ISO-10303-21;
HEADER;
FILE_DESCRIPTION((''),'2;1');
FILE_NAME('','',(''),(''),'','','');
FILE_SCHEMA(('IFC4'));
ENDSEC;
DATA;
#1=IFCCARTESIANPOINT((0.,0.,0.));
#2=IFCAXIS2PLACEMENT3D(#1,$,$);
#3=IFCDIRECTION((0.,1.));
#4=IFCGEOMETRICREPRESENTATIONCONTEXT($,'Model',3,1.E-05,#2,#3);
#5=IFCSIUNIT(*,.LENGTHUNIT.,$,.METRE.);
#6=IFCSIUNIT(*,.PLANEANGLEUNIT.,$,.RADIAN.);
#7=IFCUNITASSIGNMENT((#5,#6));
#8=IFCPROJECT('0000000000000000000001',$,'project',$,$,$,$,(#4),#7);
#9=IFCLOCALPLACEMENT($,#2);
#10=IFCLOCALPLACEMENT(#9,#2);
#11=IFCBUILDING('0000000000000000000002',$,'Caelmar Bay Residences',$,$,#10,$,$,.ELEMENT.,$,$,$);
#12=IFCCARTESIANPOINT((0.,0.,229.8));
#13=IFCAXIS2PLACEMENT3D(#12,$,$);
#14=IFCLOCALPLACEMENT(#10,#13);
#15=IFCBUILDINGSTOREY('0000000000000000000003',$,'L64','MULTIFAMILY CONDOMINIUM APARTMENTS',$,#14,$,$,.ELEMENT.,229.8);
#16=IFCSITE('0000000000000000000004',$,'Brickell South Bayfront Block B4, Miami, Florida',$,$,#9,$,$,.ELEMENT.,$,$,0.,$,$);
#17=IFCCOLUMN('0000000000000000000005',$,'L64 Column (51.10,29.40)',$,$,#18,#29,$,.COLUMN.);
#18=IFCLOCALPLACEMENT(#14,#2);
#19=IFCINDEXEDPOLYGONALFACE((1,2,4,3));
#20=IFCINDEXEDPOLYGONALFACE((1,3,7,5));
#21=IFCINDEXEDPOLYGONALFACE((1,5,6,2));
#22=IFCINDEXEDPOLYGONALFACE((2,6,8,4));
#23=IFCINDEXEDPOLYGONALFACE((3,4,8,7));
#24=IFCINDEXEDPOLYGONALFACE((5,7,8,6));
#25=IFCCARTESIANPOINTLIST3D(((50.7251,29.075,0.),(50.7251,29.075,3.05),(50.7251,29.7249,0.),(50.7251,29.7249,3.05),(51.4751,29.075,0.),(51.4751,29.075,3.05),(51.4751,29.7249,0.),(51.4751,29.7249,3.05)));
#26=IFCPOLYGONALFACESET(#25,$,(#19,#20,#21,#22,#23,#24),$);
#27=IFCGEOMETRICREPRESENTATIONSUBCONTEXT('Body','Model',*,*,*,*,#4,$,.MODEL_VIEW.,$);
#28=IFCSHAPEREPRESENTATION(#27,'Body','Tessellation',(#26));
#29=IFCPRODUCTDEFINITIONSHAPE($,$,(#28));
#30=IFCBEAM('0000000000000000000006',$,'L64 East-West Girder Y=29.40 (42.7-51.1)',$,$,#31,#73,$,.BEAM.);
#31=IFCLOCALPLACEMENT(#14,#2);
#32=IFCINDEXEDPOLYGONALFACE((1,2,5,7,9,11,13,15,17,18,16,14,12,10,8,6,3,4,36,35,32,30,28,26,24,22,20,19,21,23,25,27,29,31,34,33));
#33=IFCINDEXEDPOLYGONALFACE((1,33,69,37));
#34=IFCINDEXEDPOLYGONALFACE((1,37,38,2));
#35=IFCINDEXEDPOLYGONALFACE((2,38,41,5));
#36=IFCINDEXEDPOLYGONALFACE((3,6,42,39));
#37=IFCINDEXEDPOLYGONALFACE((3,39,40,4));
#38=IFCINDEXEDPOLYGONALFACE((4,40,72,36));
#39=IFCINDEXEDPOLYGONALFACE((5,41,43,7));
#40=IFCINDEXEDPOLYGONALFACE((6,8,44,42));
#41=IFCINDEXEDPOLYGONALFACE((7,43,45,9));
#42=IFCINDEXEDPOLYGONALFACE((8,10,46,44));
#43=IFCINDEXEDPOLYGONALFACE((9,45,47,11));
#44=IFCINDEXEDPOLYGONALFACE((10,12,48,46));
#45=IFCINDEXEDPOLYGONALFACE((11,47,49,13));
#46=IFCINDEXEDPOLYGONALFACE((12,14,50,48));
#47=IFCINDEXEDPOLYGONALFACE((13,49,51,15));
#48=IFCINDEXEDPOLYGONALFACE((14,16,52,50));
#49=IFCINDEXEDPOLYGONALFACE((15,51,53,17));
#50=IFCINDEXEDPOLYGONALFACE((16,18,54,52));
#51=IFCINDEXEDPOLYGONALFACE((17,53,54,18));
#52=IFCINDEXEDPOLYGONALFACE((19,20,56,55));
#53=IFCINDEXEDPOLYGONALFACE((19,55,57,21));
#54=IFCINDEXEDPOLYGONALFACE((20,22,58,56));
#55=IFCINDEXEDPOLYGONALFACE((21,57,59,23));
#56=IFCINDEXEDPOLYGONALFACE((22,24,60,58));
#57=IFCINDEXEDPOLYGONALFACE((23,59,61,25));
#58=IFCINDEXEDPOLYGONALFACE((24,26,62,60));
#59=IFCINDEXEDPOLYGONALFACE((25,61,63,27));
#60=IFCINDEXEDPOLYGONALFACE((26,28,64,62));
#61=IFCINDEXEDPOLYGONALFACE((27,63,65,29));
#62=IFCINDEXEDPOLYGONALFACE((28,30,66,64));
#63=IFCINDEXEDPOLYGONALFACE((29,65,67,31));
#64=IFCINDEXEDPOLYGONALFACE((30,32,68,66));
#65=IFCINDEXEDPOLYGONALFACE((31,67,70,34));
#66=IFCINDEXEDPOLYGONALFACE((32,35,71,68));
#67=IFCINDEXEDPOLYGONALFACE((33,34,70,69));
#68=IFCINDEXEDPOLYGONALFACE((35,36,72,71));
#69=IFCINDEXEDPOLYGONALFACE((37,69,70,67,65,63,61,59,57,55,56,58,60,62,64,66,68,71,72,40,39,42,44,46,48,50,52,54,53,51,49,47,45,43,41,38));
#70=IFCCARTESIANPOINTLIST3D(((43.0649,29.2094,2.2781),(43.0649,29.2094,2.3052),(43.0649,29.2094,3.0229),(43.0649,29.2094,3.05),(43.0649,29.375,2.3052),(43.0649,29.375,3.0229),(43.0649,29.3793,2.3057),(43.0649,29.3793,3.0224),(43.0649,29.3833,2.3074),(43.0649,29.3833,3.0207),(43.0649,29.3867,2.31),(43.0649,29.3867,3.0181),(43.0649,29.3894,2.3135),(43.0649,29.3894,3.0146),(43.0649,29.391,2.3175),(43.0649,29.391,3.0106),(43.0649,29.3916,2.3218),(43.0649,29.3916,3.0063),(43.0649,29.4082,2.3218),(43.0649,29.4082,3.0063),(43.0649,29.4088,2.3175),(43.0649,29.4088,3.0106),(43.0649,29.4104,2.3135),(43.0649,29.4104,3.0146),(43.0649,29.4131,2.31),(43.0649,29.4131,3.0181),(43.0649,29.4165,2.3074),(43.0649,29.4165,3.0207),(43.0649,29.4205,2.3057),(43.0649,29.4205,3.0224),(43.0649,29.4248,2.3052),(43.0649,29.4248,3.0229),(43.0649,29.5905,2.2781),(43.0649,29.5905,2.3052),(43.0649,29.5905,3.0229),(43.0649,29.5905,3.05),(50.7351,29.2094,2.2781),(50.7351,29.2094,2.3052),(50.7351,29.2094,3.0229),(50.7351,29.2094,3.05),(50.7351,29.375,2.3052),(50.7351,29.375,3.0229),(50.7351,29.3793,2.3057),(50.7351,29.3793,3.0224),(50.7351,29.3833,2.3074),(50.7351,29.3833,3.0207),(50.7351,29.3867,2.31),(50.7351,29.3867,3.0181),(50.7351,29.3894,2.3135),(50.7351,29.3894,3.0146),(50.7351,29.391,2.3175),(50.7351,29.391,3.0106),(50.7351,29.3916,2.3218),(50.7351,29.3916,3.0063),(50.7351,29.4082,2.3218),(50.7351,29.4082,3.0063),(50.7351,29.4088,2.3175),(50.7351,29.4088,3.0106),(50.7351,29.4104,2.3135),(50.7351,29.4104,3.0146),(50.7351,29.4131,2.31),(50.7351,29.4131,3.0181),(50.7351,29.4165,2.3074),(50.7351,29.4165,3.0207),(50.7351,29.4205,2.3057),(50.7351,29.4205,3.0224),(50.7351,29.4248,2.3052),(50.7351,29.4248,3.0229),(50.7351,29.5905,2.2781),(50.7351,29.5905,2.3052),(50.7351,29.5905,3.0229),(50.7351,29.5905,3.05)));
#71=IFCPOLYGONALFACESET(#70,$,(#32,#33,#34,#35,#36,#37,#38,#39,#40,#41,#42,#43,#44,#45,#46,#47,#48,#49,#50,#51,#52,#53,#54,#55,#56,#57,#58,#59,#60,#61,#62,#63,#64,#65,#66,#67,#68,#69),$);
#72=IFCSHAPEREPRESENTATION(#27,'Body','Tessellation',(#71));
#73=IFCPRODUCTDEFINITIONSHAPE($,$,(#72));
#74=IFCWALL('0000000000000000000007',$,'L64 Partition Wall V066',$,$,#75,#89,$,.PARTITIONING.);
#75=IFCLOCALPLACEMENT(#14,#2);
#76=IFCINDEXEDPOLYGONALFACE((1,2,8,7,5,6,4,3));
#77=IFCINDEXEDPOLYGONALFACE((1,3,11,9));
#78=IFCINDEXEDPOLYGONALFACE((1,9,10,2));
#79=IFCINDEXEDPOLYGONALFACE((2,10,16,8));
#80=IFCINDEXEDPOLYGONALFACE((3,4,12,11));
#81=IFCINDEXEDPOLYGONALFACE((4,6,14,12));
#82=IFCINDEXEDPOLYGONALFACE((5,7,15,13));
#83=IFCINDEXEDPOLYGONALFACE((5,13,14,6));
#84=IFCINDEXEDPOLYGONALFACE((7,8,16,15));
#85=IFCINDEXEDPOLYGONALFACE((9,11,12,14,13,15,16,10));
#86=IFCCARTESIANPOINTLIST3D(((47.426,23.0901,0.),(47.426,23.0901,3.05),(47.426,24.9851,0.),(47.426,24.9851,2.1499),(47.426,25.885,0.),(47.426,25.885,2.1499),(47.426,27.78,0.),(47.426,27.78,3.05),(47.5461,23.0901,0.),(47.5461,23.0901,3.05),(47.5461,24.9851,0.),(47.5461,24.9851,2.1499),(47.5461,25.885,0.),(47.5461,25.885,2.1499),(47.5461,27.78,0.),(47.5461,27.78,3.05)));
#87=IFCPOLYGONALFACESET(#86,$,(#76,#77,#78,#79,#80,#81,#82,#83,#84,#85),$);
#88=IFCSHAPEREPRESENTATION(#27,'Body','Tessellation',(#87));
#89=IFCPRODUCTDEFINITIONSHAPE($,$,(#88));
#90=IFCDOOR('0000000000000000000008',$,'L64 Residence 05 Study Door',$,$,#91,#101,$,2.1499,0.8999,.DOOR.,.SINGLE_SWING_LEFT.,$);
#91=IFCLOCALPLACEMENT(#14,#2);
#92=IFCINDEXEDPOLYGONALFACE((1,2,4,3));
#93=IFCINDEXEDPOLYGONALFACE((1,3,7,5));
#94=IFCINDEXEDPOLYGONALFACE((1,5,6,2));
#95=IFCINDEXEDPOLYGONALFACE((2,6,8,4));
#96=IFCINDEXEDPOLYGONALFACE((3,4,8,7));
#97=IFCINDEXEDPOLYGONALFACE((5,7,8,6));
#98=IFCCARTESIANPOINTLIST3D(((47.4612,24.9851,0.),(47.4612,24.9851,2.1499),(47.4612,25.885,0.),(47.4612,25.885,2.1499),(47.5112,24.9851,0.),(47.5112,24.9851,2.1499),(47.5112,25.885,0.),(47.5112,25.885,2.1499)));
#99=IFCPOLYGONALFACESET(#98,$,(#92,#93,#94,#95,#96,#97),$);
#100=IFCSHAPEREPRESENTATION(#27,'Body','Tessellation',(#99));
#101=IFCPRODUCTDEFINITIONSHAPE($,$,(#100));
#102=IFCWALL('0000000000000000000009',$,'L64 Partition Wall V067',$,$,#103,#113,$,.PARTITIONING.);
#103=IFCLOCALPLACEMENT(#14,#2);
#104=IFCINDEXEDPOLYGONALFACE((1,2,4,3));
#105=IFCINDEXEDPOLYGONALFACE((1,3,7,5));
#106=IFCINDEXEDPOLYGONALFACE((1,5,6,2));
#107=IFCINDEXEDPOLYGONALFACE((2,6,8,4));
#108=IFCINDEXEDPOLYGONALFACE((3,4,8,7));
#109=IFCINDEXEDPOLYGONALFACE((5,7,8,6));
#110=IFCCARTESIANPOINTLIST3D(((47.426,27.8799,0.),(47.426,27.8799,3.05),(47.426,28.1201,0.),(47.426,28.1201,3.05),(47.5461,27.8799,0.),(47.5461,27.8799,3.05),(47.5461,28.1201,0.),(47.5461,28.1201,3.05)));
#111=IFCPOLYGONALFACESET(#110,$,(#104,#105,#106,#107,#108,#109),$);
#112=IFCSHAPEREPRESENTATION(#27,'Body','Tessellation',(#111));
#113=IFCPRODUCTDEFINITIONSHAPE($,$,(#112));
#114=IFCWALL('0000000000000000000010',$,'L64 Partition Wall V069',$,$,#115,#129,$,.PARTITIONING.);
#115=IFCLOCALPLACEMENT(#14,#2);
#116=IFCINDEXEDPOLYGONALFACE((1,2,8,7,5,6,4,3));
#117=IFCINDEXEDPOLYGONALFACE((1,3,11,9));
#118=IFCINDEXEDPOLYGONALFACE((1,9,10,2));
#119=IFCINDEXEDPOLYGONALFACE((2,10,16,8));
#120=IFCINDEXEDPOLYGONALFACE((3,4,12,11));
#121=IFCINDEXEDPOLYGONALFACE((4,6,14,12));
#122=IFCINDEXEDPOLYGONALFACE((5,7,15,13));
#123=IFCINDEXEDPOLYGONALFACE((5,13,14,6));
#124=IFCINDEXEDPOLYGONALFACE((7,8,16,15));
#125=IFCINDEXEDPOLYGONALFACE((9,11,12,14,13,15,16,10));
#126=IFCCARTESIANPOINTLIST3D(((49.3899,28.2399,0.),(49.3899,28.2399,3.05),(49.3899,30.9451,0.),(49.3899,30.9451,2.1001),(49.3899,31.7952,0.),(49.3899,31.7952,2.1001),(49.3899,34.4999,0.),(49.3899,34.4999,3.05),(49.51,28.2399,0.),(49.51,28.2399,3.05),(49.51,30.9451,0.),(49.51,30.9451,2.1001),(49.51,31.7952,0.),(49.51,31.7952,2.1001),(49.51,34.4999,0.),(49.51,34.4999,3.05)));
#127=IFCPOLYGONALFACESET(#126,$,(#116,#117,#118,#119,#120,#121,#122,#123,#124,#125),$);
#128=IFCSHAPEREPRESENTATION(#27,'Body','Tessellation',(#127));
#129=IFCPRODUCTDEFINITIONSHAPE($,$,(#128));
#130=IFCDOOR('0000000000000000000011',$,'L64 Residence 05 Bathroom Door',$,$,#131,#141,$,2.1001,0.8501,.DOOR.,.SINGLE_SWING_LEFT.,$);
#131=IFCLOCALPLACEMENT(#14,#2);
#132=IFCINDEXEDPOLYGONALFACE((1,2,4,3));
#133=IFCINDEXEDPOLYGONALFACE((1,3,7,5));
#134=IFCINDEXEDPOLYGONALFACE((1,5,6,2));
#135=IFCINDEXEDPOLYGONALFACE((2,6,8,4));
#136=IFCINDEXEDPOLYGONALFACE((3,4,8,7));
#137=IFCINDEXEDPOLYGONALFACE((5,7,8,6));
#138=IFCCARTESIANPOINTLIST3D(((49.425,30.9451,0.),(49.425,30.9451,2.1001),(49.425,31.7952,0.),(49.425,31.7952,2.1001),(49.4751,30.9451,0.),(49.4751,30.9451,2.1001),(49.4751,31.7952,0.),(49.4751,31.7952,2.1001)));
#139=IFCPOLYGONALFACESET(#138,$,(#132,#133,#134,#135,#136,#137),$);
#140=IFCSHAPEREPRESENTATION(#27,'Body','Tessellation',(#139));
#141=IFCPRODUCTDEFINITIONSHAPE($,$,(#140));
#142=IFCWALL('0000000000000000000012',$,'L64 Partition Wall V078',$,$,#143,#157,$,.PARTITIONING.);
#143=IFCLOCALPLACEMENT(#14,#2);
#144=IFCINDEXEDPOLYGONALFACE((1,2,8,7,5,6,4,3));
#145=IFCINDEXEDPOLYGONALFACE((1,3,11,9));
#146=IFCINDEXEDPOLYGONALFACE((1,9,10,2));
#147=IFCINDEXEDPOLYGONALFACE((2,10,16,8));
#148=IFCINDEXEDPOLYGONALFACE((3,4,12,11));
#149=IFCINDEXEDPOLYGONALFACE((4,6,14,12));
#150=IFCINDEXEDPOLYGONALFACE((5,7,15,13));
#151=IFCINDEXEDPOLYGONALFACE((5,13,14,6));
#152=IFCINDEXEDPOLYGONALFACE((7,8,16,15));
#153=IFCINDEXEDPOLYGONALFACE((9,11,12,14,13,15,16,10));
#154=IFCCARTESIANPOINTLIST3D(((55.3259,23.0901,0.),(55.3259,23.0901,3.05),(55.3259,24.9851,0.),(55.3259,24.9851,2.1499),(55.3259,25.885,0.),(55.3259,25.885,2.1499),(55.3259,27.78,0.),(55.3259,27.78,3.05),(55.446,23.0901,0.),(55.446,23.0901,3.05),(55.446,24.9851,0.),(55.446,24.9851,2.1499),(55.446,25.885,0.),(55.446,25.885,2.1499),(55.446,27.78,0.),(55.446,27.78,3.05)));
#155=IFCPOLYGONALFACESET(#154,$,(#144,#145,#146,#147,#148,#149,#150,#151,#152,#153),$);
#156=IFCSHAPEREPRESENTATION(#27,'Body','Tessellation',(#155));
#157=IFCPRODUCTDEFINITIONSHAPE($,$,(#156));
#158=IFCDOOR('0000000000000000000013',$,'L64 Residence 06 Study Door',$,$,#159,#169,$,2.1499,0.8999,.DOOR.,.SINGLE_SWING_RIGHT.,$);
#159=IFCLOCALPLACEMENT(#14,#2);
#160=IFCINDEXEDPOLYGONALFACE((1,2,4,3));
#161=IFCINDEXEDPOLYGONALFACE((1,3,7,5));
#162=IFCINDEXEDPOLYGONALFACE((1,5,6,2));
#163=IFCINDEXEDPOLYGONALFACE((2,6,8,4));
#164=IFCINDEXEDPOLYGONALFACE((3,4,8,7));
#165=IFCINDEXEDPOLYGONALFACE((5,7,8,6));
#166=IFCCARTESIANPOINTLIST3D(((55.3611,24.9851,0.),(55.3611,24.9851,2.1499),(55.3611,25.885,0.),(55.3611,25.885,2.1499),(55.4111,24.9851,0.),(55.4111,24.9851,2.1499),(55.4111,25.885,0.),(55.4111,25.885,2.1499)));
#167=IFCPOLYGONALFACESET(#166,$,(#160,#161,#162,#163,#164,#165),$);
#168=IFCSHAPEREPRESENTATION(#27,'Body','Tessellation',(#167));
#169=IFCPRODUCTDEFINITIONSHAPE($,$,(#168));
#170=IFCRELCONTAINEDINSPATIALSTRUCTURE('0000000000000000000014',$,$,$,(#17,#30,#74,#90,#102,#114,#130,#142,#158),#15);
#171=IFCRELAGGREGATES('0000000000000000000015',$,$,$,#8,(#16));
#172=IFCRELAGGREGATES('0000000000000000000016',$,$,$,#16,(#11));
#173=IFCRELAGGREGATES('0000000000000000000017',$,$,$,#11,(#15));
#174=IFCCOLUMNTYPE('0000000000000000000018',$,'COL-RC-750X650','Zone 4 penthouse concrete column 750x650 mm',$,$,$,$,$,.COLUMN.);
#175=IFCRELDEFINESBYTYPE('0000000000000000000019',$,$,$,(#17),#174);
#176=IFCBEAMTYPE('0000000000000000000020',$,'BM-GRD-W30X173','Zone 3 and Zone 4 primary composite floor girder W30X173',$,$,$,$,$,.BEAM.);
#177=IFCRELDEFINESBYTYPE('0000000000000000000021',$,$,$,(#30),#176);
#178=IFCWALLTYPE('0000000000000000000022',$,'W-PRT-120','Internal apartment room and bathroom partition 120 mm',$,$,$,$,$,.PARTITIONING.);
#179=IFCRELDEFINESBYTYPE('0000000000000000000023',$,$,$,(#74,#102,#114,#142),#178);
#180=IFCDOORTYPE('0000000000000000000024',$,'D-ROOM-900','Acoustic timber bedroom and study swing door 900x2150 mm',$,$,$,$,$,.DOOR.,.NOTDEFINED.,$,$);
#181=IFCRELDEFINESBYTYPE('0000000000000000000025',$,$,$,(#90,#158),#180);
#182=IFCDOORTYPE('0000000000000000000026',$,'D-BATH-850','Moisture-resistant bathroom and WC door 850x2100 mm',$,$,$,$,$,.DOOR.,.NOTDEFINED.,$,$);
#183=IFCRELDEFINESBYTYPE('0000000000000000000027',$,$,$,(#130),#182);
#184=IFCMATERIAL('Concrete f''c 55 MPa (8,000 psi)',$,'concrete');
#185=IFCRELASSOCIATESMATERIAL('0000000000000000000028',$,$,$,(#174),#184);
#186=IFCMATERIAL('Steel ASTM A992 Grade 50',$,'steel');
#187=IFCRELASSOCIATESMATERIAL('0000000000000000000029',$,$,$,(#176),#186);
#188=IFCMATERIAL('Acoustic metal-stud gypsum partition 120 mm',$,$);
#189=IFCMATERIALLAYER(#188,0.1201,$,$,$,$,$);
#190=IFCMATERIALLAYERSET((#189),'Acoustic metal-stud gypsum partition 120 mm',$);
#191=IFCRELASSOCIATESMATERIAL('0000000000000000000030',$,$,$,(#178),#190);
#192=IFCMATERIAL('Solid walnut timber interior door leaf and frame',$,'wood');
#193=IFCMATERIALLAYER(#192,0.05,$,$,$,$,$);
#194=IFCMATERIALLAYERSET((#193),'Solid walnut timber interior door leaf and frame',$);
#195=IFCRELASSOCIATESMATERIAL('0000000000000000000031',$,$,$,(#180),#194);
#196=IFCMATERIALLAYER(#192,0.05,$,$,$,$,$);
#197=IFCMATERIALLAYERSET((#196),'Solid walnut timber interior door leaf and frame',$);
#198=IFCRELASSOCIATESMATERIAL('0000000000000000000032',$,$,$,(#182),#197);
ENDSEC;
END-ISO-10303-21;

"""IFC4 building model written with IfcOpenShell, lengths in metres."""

from ifc_helpers import new_model, si_unit, direction, frame, frame_2d, origin, origin_2d, place, context, subcontext, project, spatial, rectangle, i_section, extrude, material, layer, layer_set, material_profile, profile_set, type_object, element, fill, save


model = new_model("IFC4")

# Units and contexts
model_context = context("Model", 3, precision=1e-05, world=origin(), true_north=direction((0.0, 1.0)))
body_context = subcontext(model_context, "Body", "Model", "MODEL_VIEW")
ifc_project = project(units=[si_unit("LENGTHUNIT", "METRE"), si_unit("PLANEANGLEUNIT", "RADIAN")], contexts=[model_context])

# Site, building, storey
site_placement = place(None, origin())
site = spatial("IfcSite", under=ifc_project, at=site_placement, Name="Brickell South Bayfront Block B4, Miami, Florida", CompositionType="ELEMENT", RefElevation=0.0)
building_placement = place(site_placement, origin())
building = spatial("IfcBuilding", under=site, at=building_placement, Name="Caelmar Bay Residences", CompositionType="ELEMENT")
storey_placement = place(building_placement, frame((0.0, 0.0, 229.8)))
storey = spatial("IfcBuildingStorey", under=building, at=storey_placement, Name="L64", Description="MULTIFAMILY CONDOMINIUM APARTMENTS", CompositionType="ELEMENT", Elevation=229.8)

# Column
ifc_material_1 = material(Name="Concrete f'c 55 MPa (8,000 psi)", Category="concrete")
ifc_material_profile_1 = material_profile(ifc_material_1, rectangle(XDim=0.75, YDim=0.6499, at=origin_2d()), Name="RC-COL-750X650")
ifc_profile_set_1 = profile_set([ifc_material_profile_1], Name="Concrete f'c 55 MPa (8,000 psi)")
column_type = type_object("IfcColumnType", Name="COL-RC-750X650", Description="Zone 4 penthouse concrete column 750x650 mm", PredefinedType="COLUMN", material=ifc_profile_set_1)
column_placement = place(storey_placement, frame((51.1001, 29.3999, 0.0), z_axis=(0.0, 0.0, 1.0), x_axis=(1.0, 0.0, 0.0)))
element("IfcColumn", 1, at=column_placement, inside=storey, type_object=column_type, Name="L64 Column (51.10,29.40)", PredefinedType="COLUMN", context=body_context, shape_type="SweptSolid", body=[
    extrude(rectangle(XDim=0.75, YDim=0.6499, at=origin_2d()), origin(), (0.0, 0.0, 1.0), 3.05),
])

# Beam
ifc_material_2 = material(Name="Steel ASTM A992 Grade 50", Category="steel")
ifc_material_profile_2 = material_profile(ifc_material_2, i_section(OverallWidth=0.3811, OverallDepth=0.772, WebThickness=0.0166, FlangeThickness=0.0271, FilletRadius=0.0166, at=origin_2d()), Name="W30X173")
ifc_profile_set_2 = profile_set([ifc_material_profile_2], Name="Steel ASTM A992 Grade 50")
beam_type = type_object("IfcBeamType", Name="BM-GRD-W30X173", Description="Zone 3 and Zone 4 primary composite floor girder W30X173", PredefinedType="BEAM", material=ifc_profile_set_2)
beam_placement = place(storey_placement, frame((43.0649, 29.3999, 2.6641), z_axis=(1.0, 0.0, 0.0), x_axis=(0.0, 1.0, 0.0)))
element("IfcBeam", 2, at=beam_placement, inside=storey, type_object=beam_type, Name="L64 East-West Girder Y=29.40 (42.7-51.1)", PredefinedType="BEAM", context=body_context, shape_type="SweptSolid", body=[
    extrude(i_section(OverallWidth=0.3811, OverallDepth=0.772, WebThickness=0.0166, FlangeThickness=0.0271, FilletRadius=0.0166, at=origin_2d()), origin(), (0.0, 0.0, 1.0), 7.6702),
])

# Wall, opening, door
ifc_material_3 = material(Name="Acoustic metal-stud gypsum partition 120 mm")
ifc_layer_1 = layer(ifc_material_3, 0.1201)
ifc_layer_set_1 = layer_set([ifc_layer_1], Name="Acoustic metal-stud gypsum partition 120 mm")
wall_type_1 = type_object("IfcWallType", Name="W-PRT-120", Description="Internal apartment room and bathroom partition 120 mm", PredefinedType="PARTITIONING", material=ifc_layer_set_1)
wall_1_placement = place(storey_placement, frame((47.4861, 23.0901, 0.0), z_axis=(0.0, 0.0, 1.0), x_axis=(0.0, 1.0, 0.0)))
wall_1 = element("IfcWall", 3, at=wall_1_placement, inside=storey, type_object=wall_type_1, Name="L64 Partition Wall V066", PredefinedType="PARTITIONING", context=body_context, shape_type="SweptSolid", body=[
    extrude(rectangle(XDim=4.6899, YDim=0.1201, at=frame_2d((2.345, 0.0))), origin(), (0.0, 0.0, 1.0), 3.05),
])
opening_1_placement = place(wall_1_placement, frame((1.895, 0.0, 0.0)))
opening_1 = element("IfcOpeningElement", 4, at=opening_1_placement, cuts=wall_1, PredefinedType="OPENING", context=body_context, shape_type="SweptSolid", body=[
    extrude(rectangle(XDim=0.8999, YDim=2.1499, at=frame_2d((0.45, 1.075))), frame((0.0, 0.0701, 0.0), z_axis=(0.0, -1.0, 0.0), x_axis=(1.0, 0.0, 0.0)), (0.0, 0.0, 1.0), 0.1401),
])
ifc_material_4 = material(Name="Solid walnut timber interior door leaf and frame", Category="wood")
ifc_layer_2 = layer(ifc_material_4, 0.05)
ifc_layer_set_2 = layer_set([ifc_layer_2], Name="Solid walnut timber interior door leaf and frame")
door_type_1 = type_object("IfcDoorType", Name="D-ROOM-900", Description="Acoustic timber bedroom and study swing door 900x2150 mm", OperationType="NOTDEFINED", PredefinedType="DOOR", material=ifc_layer_set_2)
door_1_placement = place(opening_1_placement, origin())
door_1 = element("IfcDoor", 5, at=door_1_placement, inside=storey, type_object=door_type_1, Name="L64 Residence 05 Study Door", OperationType="SINGLE_SWING_LEFT", OverallHeight=2.1499, OverallWidth=0.8999, PredefinedType="DOOR", context=body_context, shape_type="SweptSolid", body=[
    extrude(rectangle(XDim=0.8999, YDim=2.1499, at=frame_2d((0.45, 1.075))), frame((0.0, 0.0249, 0.0), z_axis=(0.0, -1.0, 0.0), x_axis=(1.0, 0.0, 0.0)), (0.0, 0.0, 1.0), 0.05),
])
fill(opening_1, door_1)

# Wall
wall_2_placement = place(storey_placement, frame((47.4861, 27.8799, 0.0), z_axis=(0.0, 0.0, 1.0), x_axis=(0.0, 1.0, 0.0)))
element("IfcWall", 6, at=wall_2_placement, inside=storey, type_object=wall_type_1, Name="L64 Partition Wall V067", PredefinedType="PARTITIONING", context=body_context, shape_type="SweptSolid", body=[
    extrude(rectangle(XDim=0.2402, YDim=0.1201, at=frame_2d((0.1201, 0.0))), origin(), (0.0, 0.0, 1.0), 3.05),
])

# Walls, openings, doors
wall_3_placement = place(storey_placement, frame((49.45, 28.24, 0.0), z_axis=(0.0, 0.0, 1.0), x_axis=(0.0, 1.0, 0.0)))
wall_3 = element("IfcWall", 7, at=wall_3_placement, inside=storey, type_object=wall_type_1, Name="L64 Partition Wall V069", PredefinedType="PARTITIONING", context=body_context, shape_type="SweptSolid", body=[
    extrude(rectangle(XDim=6.26, YDim=0.1201, at=frame_2d((3.1299, 0.0))), origin(), (0.0, 0.0, 1.0), 3.05),
])
opening_2_placement = place(wall_3_placement, frame((2.7051, 0.0, 0.0)))
opening_2 = element("IfcOpeningElement", 8, at=opening_2_placement, cuts=wall_3, PredefinedType="OPENING", context=body_context, shape_type="SweptSolid", body=[
    extrude(rectangle(XDim=0.8501, YDim=2.1001, at=frame_2d((0.425, 1.05))), frame((0.0, 0.0701, 0.0), z_axis=(0.0, -1.0, 0.0), x_axis=(1.0, 0.0, 0.0)), (0.0, 0.0, 1.0), 0.1401),
])
ifc_layer_3 = layer(ifc_material_4, 0.05)
ifc_layer_set_3 = layer_set([ifc_layer_3], Name="Solid walnut timber interior door leaf and frame")
door_type_2 = type_object("IfcDoorType", Name="D-BATH-850", Description="Moisture-resistant bathroom and WC door 850x2100 mm", OperationType="NOTDEFINED", PredefinedType="DOOR", material=ifc_layer_set_3)
door_2_placement = place(opening_2_placement, origin())
door_2 = element("IfcDoor", 9, at=door_2_placement, inside=storey, type_object=door_type_2, Name="L64 Residence 05 Bathroom Door", OperationType="SINGLE_SWING_LEFT", OverallHeight=2.1001, OverallWidth=0.8501, PredefinedType="DOOR", context=body_context, shape_type="SweptSolid", body=[
    extrude(rectangle(XDim=0.8501, YDim=2.1001, at=frame_2d((0.425, 1.05))), frame((0.0, 0.0249, 0.0), z_axis=(0.0, -1.0, 0.0), x_axis=(1.0, 0.0, 0.0)), (0.0, 0.0, 1.0), 0.05),
])
fill(opening_2, door_2)
wall_4_placement = place(storey_placement, frame((55.386, 23.0901, 0.0), z_axis=(0.0, 0.0, 1.0), x_axis=(0.0, 1.0, 0.0)))
wall_4 = element("IfcWall", 10, at=wall_4_placement, inside=storey, type_object=wall_type_1, Name="L64 Partition Wall V078", PredefinedType="PARTITIONING", context=body_context, shape_type="SweptSolid", body=[
    extrude(rectangle(XDim=4.6899, YDim=0.1201, at=frame_2d((2.345, 0.0))), origin(), (0.0, 0.0, 1.0), 3.05),
])
opening_3_placement = place(wall_4_placement, frame((1.895, 0.0, 0.0)))
opening_3 = element("IfcOpeningElement", 11, at=opening_3_placement, cuts=wall_4, PredefinedType="OPENING", context=body_context, shape_type="SweptSolid", body=[
    extrude(rectangle(XDim=0.8999, YDim=2.1499, at=frame_2d((0.45, 1.075))), frame((0.0, 0.0701, 0.0), z_axis=(0.0, -1.0, 0.0), x_axis=(1.0, 0.0, 0.0)), (0.0, 0.0, 1.0), 0.1401),
])
door_3_placement = place(opening_3_placement, origin())
door_3 = element("IfcDoor", 12, at=door_3_placement, inside=storey, type_object=door_type_1, Name="L64 Residence 06 Study Door", OperationType="SINGLE_SWING_RIGHT", OverallHeight=2.1499, OverallWidth=0.8999, PredefinedType="DOOR", context=body_context, shape_type="SweptSolid", body=[
    extrude(rectangle(XDim=0.8999, YDim=2.1499, at=frame_2d((0.45, 1.075))), frame((0.0, 0.0249, 0.0), z_axis=(0.0, -1.0, 0.0), x_axis=(1.0, 0.0, 0.0)), (0.0, 0.0, 1.0), 0.05),
])
fill(opening_3, door_3)

save(model, "model.ifc")
